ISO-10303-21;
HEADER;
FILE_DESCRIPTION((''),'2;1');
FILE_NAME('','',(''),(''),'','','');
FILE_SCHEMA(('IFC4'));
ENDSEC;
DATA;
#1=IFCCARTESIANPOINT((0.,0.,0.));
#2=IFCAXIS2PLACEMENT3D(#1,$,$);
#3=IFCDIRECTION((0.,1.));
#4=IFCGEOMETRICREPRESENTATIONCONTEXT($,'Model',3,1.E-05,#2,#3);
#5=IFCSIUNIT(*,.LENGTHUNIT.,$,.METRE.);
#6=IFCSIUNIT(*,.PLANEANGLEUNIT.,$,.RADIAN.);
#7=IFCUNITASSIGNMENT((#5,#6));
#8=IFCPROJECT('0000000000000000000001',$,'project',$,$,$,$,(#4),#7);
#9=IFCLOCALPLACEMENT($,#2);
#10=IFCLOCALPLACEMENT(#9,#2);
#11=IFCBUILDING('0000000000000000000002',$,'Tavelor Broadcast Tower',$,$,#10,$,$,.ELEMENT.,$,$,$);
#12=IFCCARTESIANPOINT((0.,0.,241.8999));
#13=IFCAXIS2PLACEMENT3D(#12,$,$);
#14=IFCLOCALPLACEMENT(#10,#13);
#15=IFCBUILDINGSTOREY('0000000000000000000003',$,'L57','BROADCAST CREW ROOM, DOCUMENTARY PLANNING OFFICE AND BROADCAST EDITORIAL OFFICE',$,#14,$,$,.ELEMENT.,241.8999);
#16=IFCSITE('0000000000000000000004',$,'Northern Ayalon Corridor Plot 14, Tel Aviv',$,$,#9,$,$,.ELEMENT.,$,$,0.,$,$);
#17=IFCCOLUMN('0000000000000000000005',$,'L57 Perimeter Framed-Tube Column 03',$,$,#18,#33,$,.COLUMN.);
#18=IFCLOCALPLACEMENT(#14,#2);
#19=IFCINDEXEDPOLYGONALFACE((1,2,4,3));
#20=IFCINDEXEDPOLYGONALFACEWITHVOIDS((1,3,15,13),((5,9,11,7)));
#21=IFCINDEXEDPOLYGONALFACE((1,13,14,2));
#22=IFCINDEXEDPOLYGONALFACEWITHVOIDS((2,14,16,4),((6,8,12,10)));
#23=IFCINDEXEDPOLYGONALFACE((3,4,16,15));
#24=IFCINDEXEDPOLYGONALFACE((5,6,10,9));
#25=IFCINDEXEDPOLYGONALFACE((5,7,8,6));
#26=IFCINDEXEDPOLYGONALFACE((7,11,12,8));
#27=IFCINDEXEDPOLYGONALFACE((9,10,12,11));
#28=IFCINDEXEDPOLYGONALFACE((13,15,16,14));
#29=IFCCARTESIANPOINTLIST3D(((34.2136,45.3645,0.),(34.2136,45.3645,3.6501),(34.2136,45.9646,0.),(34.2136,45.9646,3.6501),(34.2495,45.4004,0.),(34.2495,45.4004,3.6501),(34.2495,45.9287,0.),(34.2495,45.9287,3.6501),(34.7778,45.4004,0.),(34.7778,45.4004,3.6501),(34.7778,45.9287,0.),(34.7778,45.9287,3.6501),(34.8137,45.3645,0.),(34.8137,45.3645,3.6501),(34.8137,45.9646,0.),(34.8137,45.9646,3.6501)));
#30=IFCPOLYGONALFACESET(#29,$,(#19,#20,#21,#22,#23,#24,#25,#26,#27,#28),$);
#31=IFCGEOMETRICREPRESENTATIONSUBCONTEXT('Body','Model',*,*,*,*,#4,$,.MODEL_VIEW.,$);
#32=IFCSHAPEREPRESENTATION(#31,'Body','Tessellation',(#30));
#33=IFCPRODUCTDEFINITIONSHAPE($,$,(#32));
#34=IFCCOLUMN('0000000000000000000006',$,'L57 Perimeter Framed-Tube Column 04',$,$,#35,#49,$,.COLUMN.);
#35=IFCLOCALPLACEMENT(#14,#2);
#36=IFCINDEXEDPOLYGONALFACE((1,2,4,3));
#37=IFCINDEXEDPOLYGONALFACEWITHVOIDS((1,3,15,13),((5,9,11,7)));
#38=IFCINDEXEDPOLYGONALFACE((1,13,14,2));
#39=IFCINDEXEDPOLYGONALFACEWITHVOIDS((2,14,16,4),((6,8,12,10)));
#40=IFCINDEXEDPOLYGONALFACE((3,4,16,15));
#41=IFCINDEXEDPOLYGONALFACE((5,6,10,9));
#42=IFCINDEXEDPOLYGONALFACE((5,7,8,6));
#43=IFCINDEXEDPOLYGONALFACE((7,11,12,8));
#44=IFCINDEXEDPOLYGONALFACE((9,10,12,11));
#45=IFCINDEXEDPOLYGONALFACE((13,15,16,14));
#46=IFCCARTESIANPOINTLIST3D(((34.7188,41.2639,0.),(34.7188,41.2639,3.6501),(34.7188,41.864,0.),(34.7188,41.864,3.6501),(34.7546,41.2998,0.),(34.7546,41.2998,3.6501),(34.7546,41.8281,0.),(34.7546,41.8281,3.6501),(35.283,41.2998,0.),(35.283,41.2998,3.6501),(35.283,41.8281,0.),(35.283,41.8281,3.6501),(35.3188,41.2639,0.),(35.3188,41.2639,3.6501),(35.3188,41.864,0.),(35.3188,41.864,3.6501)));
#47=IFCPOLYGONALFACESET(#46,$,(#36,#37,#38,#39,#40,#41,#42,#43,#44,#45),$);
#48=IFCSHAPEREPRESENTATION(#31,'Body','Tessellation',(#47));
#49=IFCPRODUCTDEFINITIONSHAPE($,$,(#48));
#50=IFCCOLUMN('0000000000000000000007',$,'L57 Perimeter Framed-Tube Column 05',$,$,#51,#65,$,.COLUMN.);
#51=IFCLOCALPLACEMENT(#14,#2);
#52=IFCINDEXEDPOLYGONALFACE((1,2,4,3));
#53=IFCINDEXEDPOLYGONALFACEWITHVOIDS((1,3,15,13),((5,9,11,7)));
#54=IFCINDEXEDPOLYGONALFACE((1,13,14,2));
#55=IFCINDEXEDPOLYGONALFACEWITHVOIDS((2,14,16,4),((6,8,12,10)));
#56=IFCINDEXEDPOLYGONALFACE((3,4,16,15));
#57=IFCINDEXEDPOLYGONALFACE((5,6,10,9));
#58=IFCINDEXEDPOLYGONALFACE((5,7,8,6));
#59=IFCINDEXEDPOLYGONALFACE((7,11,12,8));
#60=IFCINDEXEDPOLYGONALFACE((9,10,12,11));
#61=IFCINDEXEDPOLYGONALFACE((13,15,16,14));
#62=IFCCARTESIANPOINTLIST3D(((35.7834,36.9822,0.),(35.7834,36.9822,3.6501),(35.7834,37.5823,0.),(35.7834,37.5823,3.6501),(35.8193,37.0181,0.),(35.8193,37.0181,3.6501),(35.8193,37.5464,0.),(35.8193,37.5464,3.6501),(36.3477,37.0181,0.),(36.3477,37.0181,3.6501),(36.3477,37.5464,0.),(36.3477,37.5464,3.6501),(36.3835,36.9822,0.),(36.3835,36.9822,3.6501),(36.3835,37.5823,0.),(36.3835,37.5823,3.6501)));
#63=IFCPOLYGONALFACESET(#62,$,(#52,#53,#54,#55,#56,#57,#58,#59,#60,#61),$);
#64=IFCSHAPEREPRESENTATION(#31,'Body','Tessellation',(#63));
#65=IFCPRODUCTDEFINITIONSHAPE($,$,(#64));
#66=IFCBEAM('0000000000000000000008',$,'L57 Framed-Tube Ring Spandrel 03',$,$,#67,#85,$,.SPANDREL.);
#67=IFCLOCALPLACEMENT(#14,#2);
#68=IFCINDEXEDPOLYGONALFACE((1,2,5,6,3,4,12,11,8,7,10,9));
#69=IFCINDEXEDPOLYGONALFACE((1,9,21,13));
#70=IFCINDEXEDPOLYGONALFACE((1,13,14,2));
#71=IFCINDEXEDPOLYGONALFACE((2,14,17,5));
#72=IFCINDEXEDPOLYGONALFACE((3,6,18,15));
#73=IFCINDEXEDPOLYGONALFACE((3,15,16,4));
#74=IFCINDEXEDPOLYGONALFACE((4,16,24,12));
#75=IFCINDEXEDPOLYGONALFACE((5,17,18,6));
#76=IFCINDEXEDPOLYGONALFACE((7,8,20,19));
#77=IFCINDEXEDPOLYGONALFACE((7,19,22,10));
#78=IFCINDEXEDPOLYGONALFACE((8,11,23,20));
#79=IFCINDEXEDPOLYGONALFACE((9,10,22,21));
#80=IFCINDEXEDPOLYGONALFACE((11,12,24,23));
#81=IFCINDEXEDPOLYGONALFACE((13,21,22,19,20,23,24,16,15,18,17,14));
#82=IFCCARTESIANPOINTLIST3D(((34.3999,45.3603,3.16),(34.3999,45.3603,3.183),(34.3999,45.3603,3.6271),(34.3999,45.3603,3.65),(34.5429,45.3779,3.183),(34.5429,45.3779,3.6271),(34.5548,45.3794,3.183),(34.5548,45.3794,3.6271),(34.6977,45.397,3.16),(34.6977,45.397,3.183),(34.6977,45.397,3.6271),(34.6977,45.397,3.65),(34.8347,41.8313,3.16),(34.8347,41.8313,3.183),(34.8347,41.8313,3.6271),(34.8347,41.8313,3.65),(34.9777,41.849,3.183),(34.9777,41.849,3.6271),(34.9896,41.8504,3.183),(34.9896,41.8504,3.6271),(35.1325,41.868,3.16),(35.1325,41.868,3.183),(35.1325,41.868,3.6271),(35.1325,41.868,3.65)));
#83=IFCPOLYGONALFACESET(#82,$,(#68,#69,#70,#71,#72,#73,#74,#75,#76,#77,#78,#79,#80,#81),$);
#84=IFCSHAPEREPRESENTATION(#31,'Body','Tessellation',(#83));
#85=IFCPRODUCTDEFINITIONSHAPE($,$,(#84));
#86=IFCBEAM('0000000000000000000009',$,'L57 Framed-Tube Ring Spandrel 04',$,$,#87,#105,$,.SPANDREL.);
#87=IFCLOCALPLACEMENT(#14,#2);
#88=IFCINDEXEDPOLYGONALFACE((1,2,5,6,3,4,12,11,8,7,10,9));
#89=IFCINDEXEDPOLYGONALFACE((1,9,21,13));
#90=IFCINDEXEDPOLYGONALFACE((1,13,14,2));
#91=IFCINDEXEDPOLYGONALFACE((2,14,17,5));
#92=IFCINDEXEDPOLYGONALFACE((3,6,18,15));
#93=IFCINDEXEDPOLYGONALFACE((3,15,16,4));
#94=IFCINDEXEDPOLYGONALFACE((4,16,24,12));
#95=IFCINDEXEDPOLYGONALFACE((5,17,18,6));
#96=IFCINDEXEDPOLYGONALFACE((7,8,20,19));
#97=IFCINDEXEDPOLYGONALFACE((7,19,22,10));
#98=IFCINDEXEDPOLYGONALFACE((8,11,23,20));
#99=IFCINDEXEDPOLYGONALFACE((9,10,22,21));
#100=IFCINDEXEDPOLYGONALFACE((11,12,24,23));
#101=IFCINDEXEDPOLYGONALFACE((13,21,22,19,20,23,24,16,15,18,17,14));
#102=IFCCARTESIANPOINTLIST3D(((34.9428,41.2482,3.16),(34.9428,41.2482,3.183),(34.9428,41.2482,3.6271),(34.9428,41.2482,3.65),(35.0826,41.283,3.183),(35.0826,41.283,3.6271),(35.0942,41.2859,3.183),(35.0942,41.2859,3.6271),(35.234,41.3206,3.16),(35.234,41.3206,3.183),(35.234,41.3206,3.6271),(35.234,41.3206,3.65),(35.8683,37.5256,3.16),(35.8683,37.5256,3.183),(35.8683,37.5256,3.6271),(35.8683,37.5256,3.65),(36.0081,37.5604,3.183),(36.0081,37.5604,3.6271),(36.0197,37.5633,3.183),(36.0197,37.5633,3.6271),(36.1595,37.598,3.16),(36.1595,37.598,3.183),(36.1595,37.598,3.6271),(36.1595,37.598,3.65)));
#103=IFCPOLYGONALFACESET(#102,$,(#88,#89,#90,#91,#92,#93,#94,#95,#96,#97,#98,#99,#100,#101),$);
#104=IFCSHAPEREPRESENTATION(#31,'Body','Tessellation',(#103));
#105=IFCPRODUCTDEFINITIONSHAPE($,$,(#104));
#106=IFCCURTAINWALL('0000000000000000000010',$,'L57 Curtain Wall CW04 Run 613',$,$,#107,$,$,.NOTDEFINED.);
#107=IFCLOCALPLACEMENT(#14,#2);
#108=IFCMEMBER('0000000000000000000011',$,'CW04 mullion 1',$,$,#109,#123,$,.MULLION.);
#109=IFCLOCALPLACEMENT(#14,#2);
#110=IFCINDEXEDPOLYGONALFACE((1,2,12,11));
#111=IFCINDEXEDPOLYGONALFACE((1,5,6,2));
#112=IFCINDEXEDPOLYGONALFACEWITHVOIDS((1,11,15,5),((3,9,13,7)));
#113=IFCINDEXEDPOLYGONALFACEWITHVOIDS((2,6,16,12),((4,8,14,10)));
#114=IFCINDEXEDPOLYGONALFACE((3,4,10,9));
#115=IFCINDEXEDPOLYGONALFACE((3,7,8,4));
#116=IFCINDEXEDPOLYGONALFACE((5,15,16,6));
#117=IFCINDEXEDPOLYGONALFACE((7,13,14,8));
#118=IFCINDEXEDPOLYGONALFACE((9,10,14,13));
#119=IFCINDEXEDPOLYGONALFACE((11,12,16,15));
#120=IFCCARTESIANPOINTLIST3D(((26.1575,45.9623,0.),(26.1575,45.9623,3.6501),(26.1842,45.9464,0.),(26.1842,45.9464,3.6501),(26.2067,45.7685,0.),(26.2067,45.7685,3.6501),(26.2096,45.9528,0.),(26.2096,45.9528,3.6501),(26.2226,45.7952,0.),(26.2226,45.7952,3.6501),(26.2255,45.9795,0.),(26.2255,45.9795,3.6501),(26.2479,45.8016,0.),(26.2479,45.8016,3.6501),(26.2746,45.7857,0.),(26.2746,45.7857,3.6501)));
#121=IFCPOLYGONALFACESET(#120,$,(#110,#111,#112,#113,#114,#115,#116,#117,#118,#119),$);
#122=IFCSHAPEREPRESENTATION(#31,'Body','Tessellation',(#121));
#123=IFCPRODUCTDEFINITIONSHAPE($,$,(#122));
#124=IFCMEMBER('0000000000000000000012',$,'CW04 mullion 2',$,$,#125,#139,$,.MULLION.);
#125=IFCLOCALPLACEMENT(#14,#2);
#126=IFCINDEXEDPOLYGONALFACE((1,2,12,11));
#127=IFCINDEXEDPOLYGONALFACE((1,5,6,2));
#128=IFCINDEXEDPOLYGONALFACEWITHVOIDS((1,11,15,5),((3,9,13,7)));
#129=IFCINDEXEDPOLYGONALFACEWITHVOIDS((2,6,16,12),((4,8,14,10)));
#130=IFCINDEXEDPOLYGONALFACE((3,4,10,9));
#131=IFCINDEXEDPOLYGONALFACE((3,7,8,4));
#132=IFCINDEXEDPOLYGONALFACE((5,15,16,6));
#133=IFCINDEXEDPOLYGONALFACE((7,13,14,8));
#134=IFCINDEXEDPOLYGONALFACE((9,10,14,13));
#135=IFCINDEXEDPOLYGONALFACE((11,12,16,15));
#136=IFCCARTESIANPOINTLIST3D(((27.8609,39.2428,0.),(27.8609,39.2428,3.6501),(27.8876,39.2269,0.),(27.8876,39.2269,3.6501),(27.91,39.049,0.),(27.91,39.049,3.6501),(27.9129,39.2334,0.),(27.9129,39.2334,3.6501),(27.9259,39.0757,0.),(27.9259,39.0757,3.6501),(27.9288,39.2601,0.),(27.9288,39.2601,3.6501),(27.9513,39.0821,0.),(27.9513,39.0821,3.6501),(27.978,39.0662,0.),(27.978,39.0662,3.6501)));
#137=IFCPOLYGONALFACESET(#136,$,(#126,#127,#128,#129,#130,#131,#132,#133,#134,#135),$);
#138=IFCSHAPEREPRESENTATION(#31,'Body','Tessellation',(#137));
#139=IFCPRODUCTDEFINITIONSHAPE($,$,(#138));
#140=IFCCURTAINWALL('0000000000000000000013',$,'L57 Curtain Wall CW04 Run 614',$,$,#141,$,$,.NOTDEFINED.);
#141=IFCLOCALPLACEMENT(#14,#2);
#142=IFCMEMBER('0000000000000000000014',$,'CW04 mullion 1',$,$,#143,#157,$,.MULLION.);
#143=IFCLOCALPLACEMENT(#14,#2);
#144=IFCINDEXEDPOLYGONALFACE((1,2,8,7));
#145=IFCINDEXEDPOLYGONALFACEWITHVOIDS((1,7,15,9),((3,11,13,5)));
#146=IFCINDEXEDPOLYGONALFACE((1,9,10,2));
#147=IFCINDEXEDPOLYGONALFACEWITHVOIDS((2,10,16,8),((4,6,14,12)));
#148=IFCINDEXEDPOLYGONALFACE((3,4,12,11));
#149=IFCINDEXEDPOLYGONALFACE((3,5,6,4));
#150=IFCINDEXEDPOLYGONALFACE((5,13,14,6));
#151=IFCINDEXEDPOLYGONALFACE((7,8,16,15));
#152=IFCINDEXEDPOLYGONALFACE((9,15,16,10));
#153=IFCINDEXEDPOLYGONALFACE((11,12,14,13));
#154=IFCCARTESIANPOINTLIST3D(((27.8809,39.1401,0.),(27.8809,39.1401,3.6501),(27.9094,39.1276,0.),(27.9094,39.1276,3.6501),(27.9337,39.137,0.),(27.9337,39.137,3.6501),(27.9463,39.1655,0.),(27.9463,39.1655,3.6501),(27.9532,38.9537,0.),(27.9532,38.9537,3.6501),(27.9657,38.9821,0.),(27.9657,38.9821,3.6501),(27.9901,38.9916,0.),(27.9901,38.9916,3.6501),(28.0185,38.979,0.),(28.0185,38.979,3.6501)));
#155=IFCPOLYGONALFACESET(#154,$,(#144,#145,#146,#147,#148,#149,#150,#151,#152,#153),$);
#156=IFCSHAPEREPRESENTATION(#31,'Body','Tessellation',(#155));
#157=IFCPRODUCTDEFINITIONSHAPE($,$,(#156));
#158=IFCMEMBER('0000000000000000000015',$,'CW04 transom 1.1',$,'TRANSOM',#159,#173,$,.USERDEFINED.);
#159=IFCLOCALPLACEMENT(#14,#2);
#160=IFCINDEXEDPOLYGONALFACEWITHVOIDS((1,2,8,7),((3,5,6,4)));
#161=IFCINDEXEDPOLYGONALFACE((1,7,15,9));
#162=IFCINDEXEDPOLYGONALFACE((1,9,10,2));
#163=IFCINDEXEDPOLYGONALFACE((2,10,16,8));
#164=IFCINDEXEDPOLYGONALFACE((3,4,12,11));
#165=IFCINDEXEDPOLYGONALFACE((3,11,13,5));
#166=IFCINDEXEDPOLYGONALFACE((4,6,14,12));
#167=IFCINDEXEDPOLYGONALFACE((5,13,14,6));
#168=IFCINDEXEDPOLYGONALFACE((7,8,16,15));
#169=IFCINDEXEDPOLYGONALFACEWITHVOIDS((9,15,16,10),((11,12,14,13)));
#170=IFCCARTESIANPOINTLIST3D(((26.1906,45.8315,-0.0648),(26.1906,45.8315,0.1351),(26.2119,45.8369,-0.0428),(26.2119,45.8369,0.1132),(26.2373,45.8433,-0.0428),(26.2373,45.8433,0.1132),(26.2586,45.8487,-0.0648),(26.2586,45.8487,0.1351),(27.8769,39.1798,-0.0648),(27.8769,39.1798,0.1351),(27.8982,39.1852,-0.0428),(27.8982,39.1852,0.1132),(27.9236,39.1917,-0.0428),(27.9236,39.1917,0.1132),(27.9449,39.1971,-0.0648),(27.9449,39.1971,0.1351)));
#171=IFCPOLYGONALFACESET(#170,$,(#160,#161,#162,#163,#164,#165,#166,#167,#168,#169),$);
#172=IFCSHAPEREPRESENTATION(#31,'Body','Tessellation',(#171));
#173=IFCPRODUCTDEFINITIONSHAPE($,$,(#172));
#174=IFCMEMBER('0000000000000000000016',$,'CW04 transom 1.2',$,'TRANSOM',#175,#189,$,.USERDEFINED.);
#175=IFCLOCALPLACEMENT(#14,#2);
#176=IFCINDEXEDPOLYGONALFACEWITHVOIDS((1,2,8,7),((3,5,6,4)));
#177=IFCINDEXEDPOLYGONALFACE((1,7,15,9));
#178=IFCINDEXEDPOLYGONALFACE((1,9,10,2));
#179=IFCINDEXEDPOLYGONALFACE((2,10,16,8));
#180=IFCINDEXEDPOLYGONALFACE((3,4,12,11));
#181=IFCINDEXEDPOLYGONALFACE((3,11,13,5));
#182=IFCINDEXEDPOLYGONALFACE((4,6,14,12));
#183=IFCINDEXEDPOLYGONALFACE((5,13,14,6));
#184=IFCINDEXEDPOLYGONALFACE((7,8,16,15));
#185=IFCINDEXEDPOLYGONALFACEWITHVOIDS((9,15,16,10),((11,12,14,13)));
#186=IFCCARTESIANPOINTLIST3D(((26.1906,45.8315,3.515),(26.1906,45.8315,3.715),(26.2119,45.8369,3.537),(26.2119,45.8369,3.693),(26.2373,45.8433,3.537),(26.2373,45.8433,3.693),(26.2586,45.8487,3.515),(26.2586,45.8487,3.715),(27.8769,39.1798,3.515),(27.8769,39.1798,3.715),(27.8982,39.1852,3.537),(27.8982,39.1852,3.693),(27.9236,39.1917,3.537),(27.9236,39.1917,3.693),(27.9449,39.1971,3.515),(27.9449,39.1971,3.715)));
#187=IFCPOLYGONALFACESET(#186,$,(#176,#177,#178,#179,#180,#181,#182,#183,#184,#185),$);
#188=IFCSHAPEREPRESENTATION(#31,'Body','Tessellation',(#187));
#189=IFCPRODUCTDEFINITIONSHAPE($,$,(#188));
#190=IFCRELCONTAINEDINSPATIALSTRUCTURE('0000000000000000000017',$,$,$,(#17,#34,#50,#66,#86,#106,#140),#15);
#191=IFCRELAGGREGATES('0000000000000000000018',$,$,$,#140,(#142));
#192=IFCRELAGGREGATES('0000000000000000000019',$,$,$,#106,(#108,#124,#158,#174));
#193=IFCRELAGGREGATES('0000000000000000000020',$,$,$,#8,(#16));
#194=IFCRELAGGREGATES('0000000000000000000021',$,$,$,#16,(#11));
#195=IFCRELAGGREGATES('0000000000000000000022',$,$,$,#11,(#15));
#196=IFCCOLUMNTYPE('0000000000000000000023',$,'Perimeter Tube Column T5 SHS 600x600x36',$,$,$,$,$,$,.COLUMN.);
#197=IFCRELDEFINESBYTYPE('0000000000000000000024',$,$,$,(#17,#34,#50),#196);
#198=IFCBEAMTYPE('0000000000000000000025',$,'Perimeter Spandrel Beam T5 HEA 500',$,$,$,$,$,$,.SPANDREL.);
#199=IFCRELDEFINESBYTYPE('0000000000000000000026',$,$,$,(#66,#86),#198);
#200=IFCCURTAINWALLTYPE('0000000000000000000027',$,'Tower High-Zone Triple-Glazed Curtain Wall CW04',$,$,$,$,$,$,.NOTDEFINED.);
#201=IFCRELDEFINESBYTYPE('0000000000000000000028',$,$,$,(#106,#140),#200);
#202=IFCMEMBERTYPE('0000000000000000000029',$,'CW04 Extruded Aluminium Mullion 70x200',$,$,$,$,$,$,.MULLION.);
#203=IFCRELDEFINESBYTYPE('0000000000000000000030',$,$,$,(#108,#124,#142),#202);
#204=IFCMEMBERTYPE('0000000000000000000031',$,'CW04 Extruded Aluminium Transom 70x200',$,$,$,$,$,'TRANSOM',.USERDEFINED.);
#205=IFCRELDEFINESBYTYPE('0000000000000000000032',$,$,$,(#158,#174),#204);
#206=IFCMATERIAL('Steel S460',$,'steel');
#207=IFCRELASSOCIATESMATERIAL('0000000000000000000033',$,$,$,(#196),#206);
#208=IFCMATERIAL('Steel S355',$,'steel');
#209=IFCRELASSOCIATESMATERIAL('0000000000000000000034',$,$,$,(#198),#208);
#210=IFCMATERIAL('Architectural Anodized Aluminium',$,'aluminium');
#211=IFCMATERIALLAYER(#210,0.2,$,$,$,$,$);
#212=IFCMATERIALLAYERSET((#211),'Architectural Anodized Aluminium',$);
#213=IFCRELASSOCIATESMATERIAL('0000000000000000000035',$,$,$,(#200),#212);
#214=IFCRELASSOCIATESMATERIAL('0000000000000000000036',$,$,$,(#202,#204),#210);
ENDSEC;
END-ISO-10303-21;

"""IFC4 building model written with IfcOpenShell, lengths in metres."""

from ifc_helpers import new_model, si_unit, direction, frame, origin, origin_2d, place, context, subcontext, project, spatial, hollow_rectangle, i_section, extrude, source, transform, mapped, material, layer, layer_set, material_profile, profile_set, type_object, type_shapes, element, aggregate, save


model = new_model("IFC4")

# Units and contexts
model_context = context("Model", 3, precision=1e-05, world=origin(), true_north=direction((0.0, 1.0)))
body_context = subcontext(model_context, "Body", "Model", "MODEL_VIEW")
ifc_project = project(units=[si_unit("LENGTHUNIT", "METRE"), si_unit("PLANEANGLEUNIT", "RADIAN")], contexts=[model_context])

# Site, building, storey
site_placement = place(None, origin())
site = spatial("IfcSite", under=ifc_project, at=site_placement, Name="Northern Ayalon Corridor Plot 14, Tel Aviv", CompositionType="ELEMENT", RefElevation=0.0)
building_placement = place(site_placement, origin())
building = spatial("IfcBuilding", under=site, at=building_placement, Name="Tavelor Broadcast Tower", CompositionType="ELEMENT")
storey_placement = place(building_placement, frame((0.0, 0.0, 241.8999)))
storey = spatial("IfcBuildingStorey", under=building, at=storey_placement, Name="L57", Description="BROADCAST CREW ROOM, DOCUMENTARY PLANNING OFFICE AND BROADCAST EDITORIAL OFFICE", CompositionType="ELEMENT", Elevation=241.8999)

# Columns
ifc_material_1 = material(Name="Steel S460", Category="steel")
ifc_material_profile_1 = material_profile(ifc_material_1, hollow_rectangle(XDim=0.6001, YDim=0.6001, WallThickness=0.0359, at=origin_2d()), Name="SHS 600x600x36")
ifc_profile_set_1 = profile_set([ifc_material_profile_1], Name="Steel S460")
column_type = type_object("IfcColumnType", Name="Perimeter Tube Column T5 SHS 600x600x36", PredefinedType="COLUMN", material=ifc_profile_set_1)
for number, where, z_axis, x_axis, name in (
    (1, (34.5137, 45.6646, 0.0), (0.0, 0.0, 1.0), (1.0, 0.0, 0.0), "L57 Perimeter Framed-Tube Column 03"),
    (2, (35.0188, 41.564, 0.0), (0.0, 0.0, 1.0), (1.0, 0.0, 0.0), "L57 Perimeter Framed-Tube Column 04"),
    (3, (36.0835, 37.2822, 0.0), (0.0, 0.0, 1.0), (1.0, 0.0, 0.0), "L57 Perimeter Framed-Tube Column 05"),
):
    element("IfcColumn", number, at=place(storey_placement, frame(where, z_axis=z_axis, x_axis=x_axis)), inside=storey, type_object=column_type, Name=name, PredefinedType="COLUMN", context=body_context, shape_type="SweptSolid", body=[
        extrude(hollow_rectangle(XDim=0.6001, YDim=0.6001, WallThickness=0.0359, at=origin_2d()), origin(), (0.0, 0.0, 1.0), 3.6501),
    ])

# Beams
ifc_material_2 = material(Name="Steel S355", Category="steel")
ifc_material_profile_2 = material_profile(ifc_material_2, i_section(OverallWidth=0.3, OverallDepth=0.49, WebThickness=0.012, FlangeThickness=0.0229, at=origin_2d()), Name="HEA 500")
ifc_profile_set_2 = profile_set([ifc_material_profile_2], Name="Steel S355")
beam_type = type_object("IfcBeamType", Name="Perimeter Spandrel Beam T5 HEA 500", PredefinedType="SPANDREL", material=ifc_profile_set_2)
beam_1_placement = place(storey_placement, frame((34.5488, 45.3787, 3.405), z_axis=(0.122285, -0.992495, 0.0), x_axis=(0.992495, 0.122285, 0.0)))
element("IfcBeam", 4, at=beam_1_placement, inside=storey, type_object=beam_type, Name="L57 Framed-Tube Ring Spandrel 03", PredefinedType="SPANDREL", context=body_context, shape_type="SweptSolid", body=[
    extrude(i_section(OverallWidth=0.3, OverallDepth=0.49, WebThickness=0.012, FlangeThickness=0.0229, at=origin_2d()), origin(), (0.0, 0.0, 1.0), 3.5557),
])
beam_2_placement = place(storey_placement, frame((35.0884, 41.2844, 3.405), z_axis=(0.241278, -0.970456, 0.0), x_axis=(0.970456, 0.241278, 0.0)))
element("IfcBeam", 5, at=beam_2_placement, inside=storey, type_object=beam_type, Name="L57 Framed-Tube Ring Spandrel 04", PredefinedType="SPANDREL", context=body_context, shape_type="SweptSolid", body=[
    extrude(i_section(OverallWidth=0.3, OverallDepth=0.49, WebThickness=0.012, FlangeThickness=0.0229, at=origin_2d()), origin(), (0.0, 0.0, 1.0), 3.8359),
])

# Curtain wall, members
ifc_material_3 = material(Name="Architectural Anodized Aluminium", Category="aluminium")
ifc_layer_1 = layer(ifc_material_3, 0.2)
ifc_layer_set_1 = layer_set([ifc_layer_1], Name="Architectural Anodized Aluminium")
curtain_wall_type = type_object("IfcCurtainWallType", Name="Tower High-Zone Triple-Glazed Curtain Wall CW04", PredefinedType="NOTDEFINED", material=ifc_layer_set_1)
curtain_wall_1_placement = place(storey_placement, origin())
curtain_wall_1 = element("IfcCurtainWall", 6, at=curtain_wall_1_placement, inside=storey, type_object=curtain_wall_type, Name="L57 Curtain Wall CW04 Run 613", PredefinedType="NOTDEFINED")
ifc_material_profile_3 = material_profile(ifc_material_3, hollow_rectangle(XDim=0.0701, YDim=0.2, WallThickness=0.022, at=origin_2d()), Name="RHS 70x200x22")
ifc_profile_set_3 = profile_set([ifc_material_profile_3], Name="Architectural Anodized Aluminium")
member_type_1 = type_object("IfcMemberType", Name="CW04 Extruded Aluminium Mullion 70x200", PredefinedType="MULLION", material=ifc_profile_set_3)
shared_shape_1 = source(origin(), body_context, "Body", "SweptSolid", [
    extrude(hollow_rectangle(XDim=0.0701, YDim=0.2, WallThickness=0.022, at=origin_2d()), origin(), (0.0, 0.0, 1.0), 3.6501),
])
type_shapes(member_type_1, [shared_shape_1])
member_1_placement = place(storey_placement, frame((26.2161, 45.874, 0.0), z_axis=(0.0, 0.0, 1.0), x_axis=(0.969339, 0.245727, 0.0)))
member_1 = element("IfcMember", 7, at=member_1_placement, type_object=member_type_1, Name="CW04 mullion 1", PredefinedType="MULLION", context=body_context, shape_type="MappedRepresentation", body=[
    mapped(shared_shape_1, transform((0.0, 0.0, 0.0), scale=1.0)),
])
member_2_placement = place(storey_placement, frame((27.9194, 39.1545, 0.0), z_axis=(0.0, 0.0, 1.0), x_axis=(0.969339, 0.245727, 0.0)))
member_2 = element("IfcMember", 8, at=member_2_placement, type_object=member_type_1, Name="CW04 mullion 2", PredefinedType="MULLION", context=body_context, shape_type="MappedRepresentation", body=[
    mapped(shared_shape_1, transform((0.0, 0.0, 0.0), scale=1.0)),
])

# Curtain wall, member
curtain_wall_2_placement = place(storey_placement, origin())
curtain_wall_2 = element("IfcCurtainWall", 9, at=curtain_wall_2_placement, inside=storey, type_object=curtain_wall_type, Name="L57 Curtain Wall CW04 Run 614", PredefinedType="NOTDEFINED")
member_3_placement = place(storey_placement, frame((27.9497, 39.0596, 0.0), z_axis=(0.0, 0.0, 1.0), x_axis=(0.932476, 0.361232, 0.0)))
member_3 = element("IfcMember", 10, at=member_3_placement, type_object=member_type_1, Name="CW04 mullion 1", PredefinedType="MULLION", context=body_context, shape_type="MappedRepresentation", body=[
    mapped(shared_shape_1, transform((0.0, 0.0, 0.0), scale=1.0)),
])

# Members
ifc_material_profile_4 = material_profile(ifc_material_3, hollow_rectangle(XDim=0.0701, YDim=0.2, WallThickness=0.022, at=origin_2d()), Name="RHS 70x200x22")
ifc_profile_set_4 = profile_set([ifc_material_profile_4], Name="Architectural Anodized Aluminium")
member_type_2 = type_object("IfcMemberType", Name="CW04 Extruded Aluminium Transom 70x200", ElementType="TRANSOM", PredefinedType="USERDEFINED", material=ifc_profile_set_4)
shared_shape_2 = source(origin(), body_context, "Body", "SweptSolid", [
    extrude(hollow_rectangle(XDim=0.0701, YDim=0.2, WallThickness=0.022, at=origin_2d()), origin(), (0.0, 0.0, 1.0), 6.8621),
])
member_4_placement = place(storey_placement, frame((26.2246, 45.8401, 0.0352), z_axis=(0.245741, -0.969336, 0.0), x_axis=(0.969336, 0.245741, 0.0)))
member_4 = element("IfcMember", 11, at=member_4_placement, type_object=member_type_2, Name="CW04 transom 1.1", ObjectType="TRANSOM", PredefinedType="USERDEFINED", context=body_context, shape_type="MappedRepresentation", body=[
    mapped(shared_shape_2, transform((0.0, 0.0, 0.0), scale=1.0)),
])
member_5_placement = place(storey_placement, frame((26.2246, 45.8401, 3.615), z_axis=(0.245741, -0.969336, 0.0), x_axis=(0.969336, 0.245741, 0.0)))
member_5 = element("IfcMember", 12, at=member_5_placement, type_object=member_type_2, Name="CW04 transom 1.2", ObjectType="TRANSOM", PredefinedType="USERDEFINED", context=body_context, shape_type="MappedRepresentation", body=[
    mapped(shared_shape_2, transform((0.0, 0.0, 0.0), scale=1.0)),
])
aggregate(curtain_wall_2, [member_3])

aggregate(curtain_wall_1, [member_1, member_2, member_4, member_5])

save(model, "model.ifc")
